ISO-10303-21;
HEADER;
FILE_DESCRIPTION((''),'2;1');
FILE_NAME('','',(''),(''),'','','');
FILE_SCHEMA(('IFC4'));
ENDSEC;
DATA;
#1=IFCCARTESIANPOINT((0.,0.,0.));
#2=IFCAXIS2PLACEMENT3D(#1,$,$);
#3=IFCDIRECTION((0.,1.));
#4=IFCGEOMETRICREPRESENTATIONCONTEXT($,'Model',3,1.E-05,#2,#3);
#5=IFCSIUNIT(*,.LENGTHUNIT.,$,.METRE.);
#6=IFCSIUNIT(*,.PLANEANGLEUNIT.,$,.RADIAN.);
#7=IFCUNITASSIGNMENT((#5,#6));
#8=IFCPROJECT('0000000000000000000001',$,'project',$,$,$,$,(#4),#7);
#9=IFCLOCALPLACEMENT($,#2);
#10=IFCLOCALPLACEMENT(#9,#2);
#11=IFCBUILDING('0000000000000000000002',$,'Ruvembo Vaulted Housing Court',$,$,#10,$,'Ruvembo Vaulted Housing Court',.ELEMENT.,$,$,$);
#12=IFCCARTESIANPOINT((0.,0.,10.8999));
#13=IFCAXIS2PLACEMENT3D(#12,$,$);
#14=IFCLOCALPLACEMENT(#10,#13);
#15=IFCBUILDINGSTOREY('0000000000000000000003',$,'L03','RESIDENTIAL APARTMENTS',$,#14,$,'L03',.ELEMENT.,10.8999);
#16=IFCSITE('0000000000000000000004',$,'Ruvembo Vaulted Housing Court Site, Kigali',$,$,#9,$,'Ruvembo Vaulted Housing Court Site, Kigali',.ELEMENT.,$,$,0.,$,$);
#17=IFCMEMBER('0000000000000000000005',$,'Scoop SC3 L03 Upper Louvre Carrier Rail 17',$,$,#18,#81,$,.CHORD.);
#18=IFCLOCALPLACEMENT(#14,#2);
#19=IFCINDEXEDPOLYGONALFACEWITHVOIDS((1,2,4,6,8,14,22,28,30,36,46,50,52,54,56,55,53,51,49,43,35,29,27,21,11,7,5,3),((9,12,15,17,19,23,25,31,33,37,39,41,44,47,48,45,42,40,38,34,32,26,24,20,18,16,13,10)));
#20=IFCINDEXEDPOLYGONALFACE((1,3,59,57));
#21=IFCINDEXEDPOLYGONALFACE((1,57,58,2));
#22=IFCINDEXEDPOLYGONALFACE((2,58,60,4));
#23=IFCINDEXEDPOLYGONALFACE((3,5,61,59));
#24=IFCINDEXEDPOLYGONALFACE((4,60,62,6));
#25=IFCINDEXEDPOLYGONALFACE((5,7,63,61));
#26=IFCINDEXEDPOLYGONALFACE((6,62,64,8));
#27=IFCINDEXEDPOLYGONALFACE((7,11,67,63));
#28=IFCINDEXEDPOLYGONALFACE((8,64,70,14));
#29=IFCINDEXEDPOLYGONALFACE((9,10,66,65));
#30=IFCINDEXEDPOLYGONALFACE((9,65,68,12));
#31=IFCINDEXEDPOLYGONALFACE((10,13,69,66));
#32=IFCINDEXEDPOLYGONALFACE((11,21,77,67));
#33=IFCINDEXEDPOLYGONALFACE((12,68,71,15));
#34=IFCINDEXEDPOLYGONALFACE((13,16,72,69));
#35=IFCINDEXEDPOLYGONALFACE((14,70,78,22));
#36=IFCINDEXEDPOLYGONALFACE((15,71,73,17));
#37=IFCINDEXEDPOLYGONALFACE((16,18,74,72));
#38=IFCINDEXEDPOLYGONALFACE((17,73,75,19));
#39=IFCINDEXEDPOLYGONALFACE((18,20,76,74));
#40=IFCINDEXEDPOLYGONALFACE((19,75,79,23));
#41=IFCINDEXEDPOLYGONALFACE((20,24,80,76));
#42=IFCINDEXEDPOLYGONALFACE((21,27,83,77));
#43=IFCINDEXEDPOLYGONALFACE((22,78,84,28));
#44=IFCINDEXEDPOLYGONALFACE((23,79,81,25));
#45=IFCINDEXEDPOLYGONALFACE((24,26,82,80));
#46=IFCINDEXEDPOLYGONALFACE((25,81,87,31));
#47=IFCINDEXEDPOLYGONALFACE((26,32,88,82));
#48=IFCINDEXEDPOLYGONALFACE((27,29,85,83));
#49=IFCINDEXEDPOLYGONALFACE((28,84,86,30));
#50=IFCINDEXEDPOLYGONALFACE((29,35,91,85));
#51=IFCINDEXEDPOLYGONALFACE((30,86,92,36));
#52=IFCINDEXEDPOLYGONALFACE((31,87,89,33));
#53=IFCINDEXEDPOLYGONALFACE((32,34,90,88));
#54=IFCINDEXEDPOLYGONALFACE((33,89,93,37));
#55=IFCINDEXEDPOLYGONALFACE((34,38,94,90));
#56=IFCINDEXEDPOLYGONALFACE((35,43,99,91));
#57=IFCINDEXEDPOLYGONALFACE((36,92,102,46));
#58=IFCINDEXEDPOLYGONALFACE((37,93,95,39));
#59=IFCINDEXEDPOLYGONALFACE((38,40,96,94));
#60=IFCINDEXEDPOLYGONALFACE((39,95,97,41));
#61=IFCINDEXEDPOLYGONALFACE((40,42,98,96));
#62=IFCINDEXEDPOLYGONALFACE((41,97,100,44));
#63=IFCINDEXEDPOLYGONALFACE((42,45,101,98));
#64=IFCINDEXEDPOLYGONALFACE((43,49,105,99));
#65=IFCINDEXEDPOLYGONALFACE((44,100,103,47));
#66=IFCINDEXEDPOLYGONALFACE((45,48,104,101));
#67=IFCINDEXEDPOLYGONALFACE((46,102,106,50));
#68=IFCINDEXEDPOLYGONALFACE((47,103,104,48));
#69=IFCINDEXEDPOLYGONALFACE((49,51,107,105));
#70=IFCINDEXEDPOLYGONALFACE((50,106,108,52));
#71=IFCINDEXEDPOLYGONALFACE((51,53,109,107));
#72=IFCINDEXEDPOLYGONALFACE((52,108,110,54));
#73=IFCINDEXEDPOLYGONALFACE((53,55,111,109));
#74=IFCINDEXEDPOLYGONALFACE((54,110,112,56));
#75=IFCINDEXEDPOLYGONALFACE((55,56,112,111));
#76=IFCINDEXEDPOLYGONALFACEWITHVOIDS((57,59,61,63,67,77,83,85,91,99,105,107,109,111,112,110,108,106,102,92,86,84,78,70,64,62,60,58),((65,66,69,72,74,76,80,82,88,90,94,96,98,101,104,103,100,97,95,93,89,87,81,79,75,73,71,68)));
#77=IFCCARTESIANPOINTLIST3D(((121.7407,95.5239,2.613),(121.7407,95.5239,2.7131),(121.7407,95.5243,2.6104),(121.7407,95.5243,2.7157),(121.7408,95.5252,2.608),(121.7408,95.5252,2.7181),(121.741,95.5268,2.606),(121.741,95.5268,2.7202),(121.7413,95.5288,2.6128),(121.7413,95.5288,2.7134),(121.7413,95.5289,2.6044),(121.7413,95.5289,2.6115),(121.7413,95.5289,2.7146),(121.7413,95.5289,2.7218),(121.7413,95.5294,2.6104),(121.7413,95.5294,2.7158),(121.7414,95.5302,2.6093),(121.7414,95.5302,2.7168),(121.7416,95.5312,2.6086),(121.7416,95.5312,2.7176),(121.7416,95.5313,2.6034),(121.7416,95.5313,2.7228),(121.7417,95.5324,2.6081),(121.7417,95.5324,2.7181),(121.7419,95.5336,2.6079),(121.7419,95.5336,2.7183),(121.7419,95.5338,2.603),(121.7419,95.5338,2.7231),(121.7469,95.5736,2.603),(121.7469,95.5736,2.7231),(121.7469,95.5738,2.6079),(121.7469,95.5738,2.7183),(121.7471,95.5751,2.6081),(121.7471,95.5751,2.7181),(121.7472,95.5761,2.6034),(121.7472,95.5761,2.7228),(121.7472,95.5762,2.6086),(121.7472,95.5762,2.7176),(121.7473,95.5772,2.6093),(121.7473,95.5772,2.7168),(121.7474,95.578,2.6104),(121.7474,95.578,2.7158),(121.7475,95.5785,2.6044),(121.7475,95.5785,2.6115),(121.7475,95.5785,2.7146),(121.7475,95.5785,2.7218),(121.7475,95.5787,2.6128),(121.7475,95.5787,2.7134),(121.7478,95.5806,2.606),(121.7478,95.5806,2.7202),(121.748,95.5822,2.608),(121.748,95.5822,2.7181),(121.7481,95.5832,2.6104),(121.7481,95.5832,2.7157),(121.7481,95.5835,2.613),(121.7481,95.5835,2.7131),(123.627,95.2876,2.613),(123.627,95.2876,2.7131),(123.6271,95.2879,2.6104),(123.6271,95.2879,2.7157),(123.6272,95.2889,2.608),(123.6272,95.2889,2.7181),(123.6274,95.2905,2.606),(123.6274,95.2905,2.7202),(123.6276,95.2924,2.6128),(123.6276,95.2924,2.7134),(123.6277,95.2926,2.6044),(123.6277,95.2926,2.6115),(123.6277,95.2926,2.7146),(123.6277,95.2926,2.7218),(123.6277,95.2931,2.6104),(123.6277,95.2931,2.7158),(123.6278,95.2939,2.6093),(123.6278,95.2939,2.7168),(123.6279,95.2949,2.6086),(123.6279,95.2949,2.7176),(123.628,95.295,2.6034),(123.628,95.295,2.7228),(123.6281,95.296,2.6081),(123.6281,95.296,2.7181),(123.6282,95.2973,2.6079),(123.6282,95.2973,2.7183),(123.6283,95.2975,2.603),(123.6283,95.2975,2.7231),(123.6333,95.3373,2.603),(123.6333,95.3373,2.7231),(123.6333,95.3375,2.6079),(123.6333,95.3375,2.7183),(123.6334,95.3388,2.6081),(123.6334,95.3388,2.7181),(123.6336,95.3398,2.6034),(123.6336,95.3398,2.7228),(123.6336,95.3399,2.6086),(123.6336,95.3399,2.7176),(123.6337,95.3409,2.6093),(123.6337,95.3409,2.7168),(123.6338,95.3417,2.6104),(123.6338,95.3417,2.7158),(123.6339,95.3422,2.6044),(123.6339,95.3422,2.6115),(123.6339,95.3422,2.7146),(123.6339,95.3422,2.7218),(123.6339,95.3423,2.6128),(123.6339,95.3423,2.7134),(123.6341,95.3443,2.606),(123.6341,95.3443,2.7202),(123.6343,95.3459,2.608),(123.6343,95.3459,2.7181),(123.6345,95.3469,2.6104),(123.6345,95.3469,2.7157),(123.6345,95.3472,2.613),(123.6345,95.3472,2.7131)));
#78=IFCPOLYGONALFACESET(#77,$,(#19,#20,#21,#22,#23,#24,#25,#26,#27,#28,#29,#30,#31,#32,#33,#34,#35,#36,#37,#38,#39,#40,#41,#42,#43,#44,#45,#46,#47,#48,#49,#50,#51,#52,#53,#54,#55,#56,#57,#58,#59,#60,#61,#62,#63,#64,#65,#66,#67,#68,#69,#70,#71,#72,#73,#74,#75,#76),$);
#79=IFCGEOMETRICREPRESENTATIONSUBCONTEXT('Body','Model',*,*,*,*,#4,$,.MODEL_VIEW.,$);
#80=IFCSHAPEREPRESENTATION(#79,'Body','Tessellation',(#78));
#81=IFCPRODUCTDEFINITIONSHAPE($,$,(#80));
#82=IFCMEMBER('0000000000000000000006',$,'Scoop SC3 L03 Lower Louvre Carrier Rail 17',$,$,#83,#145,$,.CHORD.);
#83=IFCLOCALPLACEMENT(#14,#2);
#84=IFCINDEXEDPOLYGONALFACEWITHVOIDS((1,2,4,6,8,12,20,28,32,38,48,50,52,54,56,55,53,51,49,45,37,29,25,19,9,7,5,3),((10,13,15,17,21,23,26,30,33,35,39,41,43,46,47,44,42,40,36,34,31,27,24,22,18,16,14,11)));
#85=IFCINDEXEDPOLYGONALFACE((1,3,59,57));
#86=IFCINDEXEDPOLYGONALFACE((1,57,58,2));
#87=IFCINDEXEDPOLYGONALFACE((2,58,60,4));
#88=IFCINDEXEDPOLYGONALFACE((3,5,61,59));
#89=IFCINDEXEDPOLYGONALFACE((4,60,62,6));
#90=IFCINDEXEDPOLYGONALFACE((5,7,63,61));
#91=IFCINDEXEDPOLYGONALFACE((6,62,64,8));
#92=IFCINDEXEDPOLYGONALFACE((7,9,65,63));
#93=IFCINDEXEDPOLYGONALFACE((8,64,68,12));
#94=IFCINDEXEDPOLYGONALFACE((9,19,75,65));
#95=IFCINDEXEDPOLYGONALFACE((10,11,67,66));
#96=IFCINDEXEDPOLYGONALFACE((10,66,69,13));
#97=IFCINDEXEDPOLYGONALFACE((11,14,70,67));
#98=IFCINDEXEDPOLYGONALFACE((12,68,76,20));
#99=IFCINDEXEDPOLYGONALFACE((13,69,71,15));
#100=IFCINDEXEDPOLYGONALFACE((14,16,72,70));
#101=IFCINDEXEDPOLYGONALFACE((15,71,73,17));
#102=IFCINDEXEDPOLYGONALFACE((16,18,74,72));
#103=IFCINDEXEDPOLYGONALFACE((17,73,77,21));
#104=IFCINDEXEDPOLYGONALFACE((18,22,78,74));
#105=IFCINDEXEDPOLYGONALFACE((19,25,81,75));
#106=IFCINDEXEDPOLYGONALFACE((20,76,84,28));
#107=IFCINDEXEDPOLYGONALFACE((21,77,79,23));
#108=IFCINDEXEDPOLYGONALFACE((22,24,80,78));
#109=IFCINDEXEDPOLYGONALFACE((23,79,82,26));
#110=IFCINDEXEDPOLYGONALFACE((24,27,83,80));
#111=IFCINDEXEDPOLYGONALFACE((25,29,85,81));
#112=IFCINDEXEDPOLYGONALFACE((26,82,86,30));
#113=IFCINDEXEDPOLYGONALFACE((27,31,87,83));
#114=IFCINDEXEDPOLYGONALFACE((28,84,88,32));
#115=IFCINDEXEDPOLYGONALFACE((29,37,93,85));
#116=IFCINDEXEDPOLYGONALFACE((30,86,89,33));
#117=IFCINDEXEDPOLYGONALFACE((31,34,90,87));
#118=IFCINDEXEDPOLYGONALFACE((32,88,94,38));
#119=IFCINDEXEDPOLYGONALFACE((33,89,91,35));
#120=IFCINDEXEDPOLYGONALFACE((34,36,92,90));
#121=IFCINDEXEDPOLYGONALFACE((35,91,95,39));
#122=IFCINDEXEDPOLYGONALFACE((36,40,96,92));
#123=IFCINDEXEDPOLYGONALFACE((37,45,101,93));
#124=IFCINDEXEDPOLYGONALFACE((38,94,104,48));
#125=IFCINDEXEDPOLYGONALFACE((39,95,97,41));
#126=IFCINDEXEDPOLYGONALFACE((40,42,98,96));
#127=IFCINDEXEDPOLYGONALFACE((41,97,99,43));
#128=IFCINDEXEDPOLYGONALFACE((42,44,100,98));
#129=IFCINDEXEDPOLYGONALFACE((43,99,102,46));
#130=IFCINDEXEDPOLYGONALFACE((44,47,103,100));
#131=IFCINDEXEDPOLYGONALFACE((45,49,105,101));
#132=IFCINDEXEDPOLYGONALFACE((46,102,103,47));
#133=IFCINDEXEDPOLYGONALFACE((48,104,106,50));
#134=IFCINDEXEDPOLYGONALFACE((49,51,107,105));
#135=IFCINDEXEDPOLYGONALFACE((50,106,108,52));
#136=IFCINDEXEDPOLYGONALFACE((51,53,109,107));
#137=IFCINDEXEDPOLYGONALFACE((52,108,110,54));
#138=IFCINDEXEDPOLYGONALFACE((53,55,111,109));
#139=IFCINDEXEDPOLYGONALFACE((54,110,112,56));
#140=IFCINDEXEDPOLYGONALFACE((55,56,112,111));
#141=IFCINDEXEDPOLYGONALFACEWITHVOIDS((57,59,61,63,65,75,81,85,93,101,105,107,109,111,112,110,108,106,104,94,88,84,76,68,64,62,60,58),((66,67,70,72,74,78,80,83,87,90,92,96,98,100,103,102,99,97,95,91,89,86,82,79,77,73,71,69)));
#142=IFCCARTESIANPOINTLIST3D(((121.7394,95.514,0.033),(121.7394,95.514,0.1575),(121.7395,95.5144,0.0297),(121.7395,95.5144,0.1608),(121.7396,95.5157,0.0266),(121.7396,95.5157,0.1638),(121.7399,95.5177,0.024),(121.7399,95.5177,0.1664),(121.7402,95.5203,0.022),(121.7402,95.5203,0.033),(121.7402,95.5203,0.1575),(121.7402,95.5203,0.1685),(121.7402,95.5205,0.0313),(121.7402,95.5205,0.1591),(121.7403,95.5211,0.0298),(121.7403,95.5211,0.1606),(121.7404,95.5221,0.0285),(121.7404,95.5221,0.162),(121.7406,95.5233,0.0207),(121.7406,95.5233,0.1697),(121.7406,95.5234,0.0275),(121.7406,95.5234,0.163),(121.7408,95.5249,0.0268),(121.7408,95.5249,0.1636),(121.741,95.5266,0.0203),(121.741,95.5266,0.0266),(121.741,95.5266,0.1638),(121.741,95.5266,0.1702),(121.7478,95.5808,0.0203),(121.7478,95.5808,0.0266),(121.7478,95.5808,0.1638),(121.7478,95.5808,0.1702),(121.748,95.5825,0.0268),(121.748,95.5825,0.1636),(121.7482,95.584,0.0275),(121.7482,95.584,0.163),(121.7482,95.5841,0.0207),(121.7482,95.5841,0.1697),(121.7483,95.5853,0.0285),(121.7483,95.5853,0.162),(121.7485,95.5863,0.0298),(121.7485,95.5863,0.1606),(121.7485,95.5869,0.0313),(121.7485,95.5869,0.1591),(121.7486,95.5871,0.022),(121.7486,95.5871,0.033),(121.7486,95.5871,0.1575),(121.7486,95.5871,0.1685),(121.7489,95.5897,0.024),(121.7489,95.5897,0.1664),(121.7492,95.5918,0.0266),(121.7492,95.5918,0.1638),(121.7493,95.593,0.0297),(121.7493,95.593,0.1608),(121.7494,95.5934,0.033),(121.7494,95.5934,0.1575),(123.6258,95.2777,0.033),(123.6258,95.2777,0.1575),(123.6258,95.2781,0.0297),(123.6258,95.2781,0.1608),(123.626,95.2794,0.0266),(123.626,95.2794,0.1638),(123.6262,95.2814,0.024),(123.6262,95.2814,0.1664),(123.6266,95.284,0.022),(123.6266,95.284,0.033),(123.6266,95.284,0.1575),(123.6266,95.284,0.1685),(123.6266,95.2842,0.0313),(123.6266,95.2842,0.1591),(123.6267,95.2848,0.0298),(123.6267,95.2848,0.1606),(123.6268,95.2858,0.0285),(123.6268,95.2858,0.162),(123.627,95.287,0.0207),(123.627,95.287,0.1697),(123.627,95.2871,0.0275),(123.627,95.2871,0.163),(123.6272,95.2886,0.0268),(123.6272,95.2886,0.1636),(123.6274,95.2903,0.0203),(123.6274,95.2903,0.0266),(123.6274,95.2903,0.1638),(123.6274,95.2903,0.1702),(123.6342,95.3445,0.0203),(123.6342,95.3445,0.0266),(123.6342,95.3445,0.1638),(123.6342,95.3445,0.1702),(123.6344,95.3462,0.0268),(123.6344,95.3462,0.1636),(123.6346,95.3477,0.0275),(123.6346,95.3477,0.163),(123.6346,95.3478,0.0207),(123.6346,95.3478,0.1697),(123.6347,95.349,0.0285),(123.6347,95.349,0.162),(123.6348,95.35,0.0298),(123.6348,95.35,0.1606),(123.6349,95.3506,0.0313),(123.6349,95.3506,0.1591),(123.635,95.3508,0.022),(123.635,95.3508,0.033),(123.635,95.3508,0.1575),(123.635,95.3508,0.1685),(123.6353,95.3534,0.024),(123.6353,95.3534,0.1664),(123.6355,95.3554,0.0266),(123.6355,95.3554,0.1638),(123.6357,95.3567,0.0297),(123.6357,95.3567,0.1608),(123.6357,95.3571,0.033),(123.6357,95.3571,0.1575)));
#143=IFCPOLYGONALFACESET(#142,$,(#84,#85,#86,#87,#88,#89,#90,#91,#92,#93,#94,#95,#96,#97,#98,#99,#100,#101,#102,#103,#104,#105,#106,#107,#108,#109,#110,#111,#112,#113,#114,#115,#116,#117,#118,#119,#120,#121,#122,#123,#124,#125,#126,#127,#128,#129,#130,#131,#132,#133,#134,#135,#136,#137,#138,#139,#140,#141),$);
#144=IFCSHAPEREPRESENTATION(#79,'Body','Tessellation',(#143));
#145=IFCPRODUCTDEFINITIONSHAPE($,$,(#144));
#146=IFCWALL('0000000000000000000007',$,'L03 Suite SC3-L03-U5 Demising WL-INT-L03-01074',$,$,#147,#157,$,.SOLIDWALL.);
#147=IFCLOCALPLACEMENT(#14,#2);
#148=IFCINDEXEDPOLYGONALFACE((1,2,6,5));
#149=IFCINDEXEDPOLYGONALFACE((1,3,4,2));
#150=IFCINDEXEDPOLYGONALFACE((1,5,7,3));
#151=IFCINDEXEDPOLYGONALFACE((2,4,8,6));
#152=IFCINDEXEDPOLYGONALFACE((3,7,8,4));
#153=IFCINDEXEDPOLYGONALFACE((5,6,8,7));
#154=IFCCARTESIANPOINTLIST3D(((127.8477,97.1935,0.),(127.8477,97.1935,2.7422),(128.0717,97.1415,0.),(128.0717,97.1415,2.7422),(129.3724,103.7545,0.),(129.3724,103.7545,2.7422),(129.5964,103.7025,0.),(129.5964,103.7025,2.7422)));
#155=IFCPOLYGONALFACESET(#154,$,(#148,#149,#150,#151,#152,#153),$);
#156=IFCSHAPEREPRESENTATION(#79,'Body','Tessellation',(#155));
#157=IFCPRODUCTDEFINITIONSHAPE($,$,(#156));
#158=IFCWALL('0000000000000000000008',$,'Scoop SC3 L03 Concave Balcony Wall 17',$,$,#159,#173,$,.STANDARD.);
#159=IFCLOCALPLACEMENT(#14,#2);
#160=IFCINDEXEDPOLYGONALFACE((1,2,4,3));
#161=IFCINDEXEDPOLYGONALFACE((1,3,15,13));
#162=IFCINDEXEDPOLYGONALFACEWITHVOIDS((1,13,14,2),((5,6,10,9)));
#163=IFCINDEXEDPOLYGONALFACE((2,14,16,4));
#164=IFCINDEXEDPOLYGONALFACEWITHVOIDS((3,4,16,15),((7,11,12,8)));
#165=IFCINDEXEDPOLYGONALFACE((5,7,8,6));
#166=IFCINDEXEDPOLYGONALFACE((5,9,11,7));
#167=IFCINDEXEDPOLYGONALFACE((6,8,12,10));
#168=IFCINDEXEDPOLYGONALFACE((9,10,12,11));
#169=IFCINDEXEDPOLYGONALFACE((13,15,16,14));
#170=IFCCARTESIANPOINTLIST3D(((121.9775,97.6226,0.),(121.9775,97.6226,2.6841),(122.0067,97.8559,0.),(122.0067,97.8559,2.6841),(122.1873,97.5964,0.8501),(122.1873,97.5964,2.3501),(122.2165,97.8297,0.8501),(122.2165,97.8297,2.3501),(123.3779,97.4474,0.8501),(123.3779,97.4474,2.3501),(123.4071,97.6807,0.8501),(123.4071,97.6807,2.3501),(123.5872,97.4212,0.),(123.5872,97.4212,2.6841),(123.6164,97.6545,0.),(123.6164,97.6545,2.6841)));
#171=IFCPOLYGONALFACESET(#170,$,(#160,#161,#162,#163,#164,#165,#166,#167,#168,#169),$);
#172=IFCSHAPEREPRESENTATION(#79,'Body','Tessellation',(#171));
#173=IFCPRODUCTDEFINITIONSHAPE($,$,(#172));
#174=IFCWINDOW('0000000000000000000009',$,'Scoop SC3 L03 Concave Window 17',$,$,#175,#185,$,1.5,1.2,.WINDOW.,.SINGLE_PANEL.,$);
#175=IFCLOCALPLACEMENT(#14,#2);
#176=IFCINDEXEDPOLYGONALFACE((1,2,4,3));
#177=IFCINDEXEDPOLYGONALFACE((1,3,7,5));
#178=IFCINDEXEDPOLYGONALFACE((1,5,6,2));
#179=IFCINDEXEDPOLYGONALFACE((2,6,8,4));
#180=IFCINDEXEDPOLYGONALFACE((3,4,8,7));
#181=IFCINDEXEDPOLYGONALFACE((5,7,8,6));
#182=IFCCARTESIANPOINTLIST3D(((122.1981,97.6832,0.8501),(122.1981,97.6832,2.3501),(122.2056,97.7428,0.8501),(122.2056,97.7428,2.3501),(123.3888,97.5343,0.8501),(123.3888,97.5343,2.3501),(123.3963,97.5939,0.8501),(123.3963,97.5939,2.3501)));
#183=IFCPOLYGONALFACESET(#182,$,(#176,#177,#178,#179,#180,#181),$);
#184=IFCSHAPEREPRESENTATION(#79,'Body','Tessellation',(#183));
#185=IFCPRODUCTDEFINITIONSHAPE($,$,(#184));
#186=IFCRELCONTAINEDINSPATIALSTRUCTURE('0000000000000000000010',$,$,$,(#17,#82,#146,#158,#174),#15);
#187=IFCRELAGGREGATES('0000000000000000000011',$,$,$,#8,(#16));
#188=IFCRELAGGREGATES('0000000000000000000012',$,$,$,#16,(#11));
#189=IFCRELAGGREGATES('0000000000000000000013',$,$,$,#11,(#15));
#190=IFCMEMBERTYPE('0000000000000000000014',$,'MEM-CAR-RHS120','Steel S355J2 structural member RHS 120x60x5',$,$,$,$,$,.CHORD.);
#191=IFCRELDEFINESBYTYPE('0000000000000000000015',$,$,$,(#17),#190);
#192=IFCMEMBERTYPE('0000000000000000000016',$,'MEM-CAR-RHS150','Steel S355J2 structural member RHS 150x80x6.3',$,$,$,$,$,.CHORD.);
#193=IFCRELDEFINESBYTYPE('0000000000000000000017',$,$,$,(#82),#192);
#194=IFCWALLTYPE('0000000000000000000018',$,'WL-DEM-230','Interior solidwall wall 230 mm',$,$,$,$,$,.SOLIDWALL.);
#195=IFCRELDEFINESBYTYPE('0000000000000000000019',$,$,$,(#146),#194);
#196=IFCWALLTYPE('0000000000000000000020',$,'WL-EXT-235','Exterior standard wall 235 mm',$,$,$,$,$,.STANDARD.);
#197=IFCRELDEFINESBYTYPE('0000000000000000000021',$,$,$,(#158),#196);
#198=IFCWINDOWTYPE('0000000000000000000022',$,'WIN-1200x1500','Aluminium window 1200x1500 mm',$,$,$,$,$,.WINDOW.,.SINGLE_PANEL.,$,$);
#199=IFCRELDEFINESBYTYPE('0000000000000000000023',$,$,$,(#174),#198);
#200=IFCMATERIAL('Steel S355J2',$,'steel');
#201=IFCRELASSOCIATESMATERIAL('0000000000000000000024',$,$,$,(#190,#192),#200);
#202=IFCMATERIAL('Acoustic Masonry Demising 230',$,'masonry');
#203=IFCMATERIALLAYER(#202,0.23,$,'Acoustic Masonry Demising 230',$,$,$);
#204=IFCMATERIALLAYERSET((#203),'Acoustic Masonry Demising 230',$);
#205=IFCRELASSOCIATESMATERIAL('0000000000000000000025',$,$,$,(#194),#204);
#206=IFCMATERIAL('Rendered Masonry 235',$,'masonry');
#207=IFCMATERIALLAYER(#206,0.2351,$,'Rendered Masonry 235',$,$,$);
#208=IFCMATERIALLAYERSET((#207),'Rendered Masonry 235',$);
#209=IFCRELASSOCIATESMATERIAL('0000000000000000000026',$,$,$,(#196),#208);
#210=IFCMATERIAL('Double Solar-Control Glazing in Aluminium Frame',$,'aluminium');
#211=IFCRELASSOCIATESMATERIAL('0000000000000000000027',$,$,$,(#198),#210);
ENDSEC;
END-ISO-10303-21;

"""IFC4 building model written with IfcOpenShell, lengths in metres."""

from ifc_helpers import new_model, si_unit, direction, frame, frame_2d, origin, origin_2d, place, context, subcontext, project, spatial, rectangle, hollow_rectangle, extrude, material, layer, layer_set, material_profile, profile_set, type_object, element, fill, save


model = new_model("IFC4")

# Units and contexts
model_context = context("Model", 3, precision=1e-05, world=origin(), true_north=direction((0.0, 1.0)))
body_context = subcontext(model_context, "Body", "Model", "MODEL_VIEW")
ifc_project = project(units=[si_unit("LENGTHUNIT", "METRE"), si_unit("PLANEANGLEUNIT", "RADIAN")], contexts=[model_context])

# Site, building, storey
site_placement = place(None, origin())
site = spatial("IfcSite", under=ifc_project, at=site_placement, Name="Ruvembo Vaulted Housing Court Site, Kigali", LongName="Ruvembo Vaulted Housing Court Site, Kigali", CompositionType="ELEMENT", RefElevation=0.0)
building_placement = place(site_placement, origin())
building = spatial("IfcBuilding", under=site, at=building_placement, Name="Ruvembo Vaulted Housing Court", LongName="Ruvembo Vaulted Housing Court", CompositionType="ELEMENT")
storey_placement = place(building_placement, frame((0.0, 0.0, 10.8999)))
storey = spatial("IfcBuildingStorey", under=building, at=storey_placement, Name="L03", Description="RESIDENTIAL APARTMENTS", LongName="L03", CompositionType="ELEMENT", Elevation=10.8999)

# Shared definitions
ifc_material_1 = material(Name="Steel S355J2", Category="steel")

# Members
ifc_material_profile_1 = material_profile(ifc_material_1, hollow_rectangle(XDim=0.0601, YDim=0.1201, WallThickness=0.0049, InnerFilletRadius=0.0049, OuterFilletRadius=0.01, at=origin_2d()), Name="RHS 120x60x5")
ifc_profile_set_1 = profile_set([ifc_material_profile_1], Name="Steel S355J2")
member_type_1 = type_object("IfcMemberType", Name="MEM-CAR-RHS120", Description="Steel S355J2 structural member RHS 120x60x5", PredefinedType="CHORD", material=ifc_profile_set_1)
member_1_placement = place(storey_placement, frame((121.7444, 95.5537, 2.6631), z_axis=(0.992244, -0.124303, 0.0), x_axis=(0.124303, 0.992244, 0.0)))
element("IfcMember", 1, at=member_1_placement, inside=storey, type_object=member_type_1, Name="Scoop SC3 L03 Upper Louvre Carrier Rail 17", PredefinedType="CHORD", context=body_context, shape_type="SweptSolid", body=[
    extrude(hollow_rectangle(XDim=0.0601, YDim=0.1201, WallThickness=0.0049, InnerFilletRadius=0.0049, OuterFilletRadius=0.01, at=origin_2d()), origin(), (0.0, 0.0, 1.0), 1.9011),
])
ifc_material_profile_2 = material_profile(ifc_material_1, hollow_rectangle(XDim=0.0801, YDim=0.1499, WallThickness=0.0063, InnerFilletRadius=0.0063, OuterFilletRadius=0.0127, at=origin_2d()), Name="RHS 150x80x6.3")
ifc_profile_set_2 = profile_set([ifc_material_profile_2], Name="Steel S355J2")
member_type_2 = type_object("IfcMemberType", Name="MEM-CAR-RHS150", Description="Steel S355J2 structural member RHS 150x80x6.3", PredefinedType="CHORD", material=ifc_profile_set_2)
member_2_placement = place(storey_placement, frame((121.7444, 95.5537, 0.0952), z_axis=(0.992244, -0.124303, 0.0), x_axis=(0.124303, 0.992244, 0.0)))
element("IfcMember", 2, at=member_2_placement, inside=storey, type_object=member_type_2, Name="Scoop SC3 L03 Lower Louvre Carrier Rail 17", PredefinedType="CHORD", context=body_context, shape_type="SweptSolid", body=[
    extrude(hollow_rectangle(XDim=0.0801, YDim=0.1499, WallThickness=0.0063, InnerFilletRadius=0.0063, OuterFilletRadius=0.0127, at=origin_2d()), origin(), (0.0, 0.0, 1.0), 1.9011),
])

# Wall
ifc_material_2 = material(Name="Acoustic Masonry Demising 230", Category="masonry")
ifc_layer_1 = layer(ifc_material_2, 0.23, Name="Acoustic Masonry Demising 230")
ifc_layer_set_1 = layer_set([ifc_layer_1], Name="Acoustic Masonry Demising 230")
wall_type_1 = type_object("IfcWallType", Name="WL-DEM-230", Description="Interior solidwall wall 230 mm", PredefinedType="SOLIDWALL", material=ifc_layer_set_1)
wall_1_placement = place(storey_placement, frame((127.9597, 97.1675, 0.0), z_axis=(0.0, 0.0, 1.0), x_axis=(0.22635, 0.974046, 0.0)))
element("IfcWall", 3, at=wall_1_placement, inside=storey, type_object=wall_type_1, Name="L03 Suite SC3-L03-U5 Demising WL-INT-L03-01074", PredefinedType="SOLIDWALL", context=body_context, shape_type="SweptSolid", body=[
    extrude(rectangle(XDim=6.7358, YDim=0.23, at=frame_2d((3.3679, 0.0))), origin(), (0.0, 0.0, 1.0), 2.7422),
])

# Wall, opening, window
ifc_material_3 = material(Name="Rendered Masonry 235", Category="masonry")
ifc_layer_2 = layer(ifc_material_3, 0.2351, Name="Rendered Masonry 235")
ifc_layer_set_2 = layer_set([ifc_layer_2], Name="Rendered Masonry 235")
wall_type_2 = type_object("IfcWallType", Name="WL-EXT-235", Description="Exterior standard wall 235 mm", PredefinedType="STANDARD", material=ifc_layer_set_2)
wall_2_placement = place(storey_placement, frame((121.9922, 97.7393, 0.0), z_axis=(0.0, 0.0, 1.0), x_axis=(0.992264, -0.124146, 0.0)))
wall_2 = element("IfcWall", 4, at=wall_2_placement, inside=storey, type_object=wall_type_2, Name="Scoop SC3 L03 Concave Balcony Wall 17", PredefinedType="STANDARD", context=body_context, shape_type="SweptSolid", body=[
    extrude(rectangle(XDim=1.6223, YDim=0.2351, at=frame_2d((0.811, 0.0))), origin(), (0.0, 0.0, 1.0), 2.6841),
])
opening_1_placement = place(wall_2_placement, frame((0.2112, 0.0, 0.8501)))
opening_1 = element("IfcOpeningElement", 5, at=opening_1_placement, cuts=wall_2, PredefinedType="OPENING", context=body_context, shape_type="SweptSolid", body=[
    extrude(rectangle(XDim=1.2, YDim=1.5, at=frame_2d((0.6001, 0.75))), frame((0.0, 0.1274, 0.0), z_axis=(0.0, -1.0, 0.0), x_axis=(1.0, 0.0, 0.0)), (0.0, 0.0, 1.0), 0.2551),
])
ifc_material_4 = material(Name="Double Solar-Control Glazing in Aluminium Frame", Category="aluminium")
window_type_1 = type_object("IfcWindowType", Name="WIN-1200x1500", Description="Aluminium window 1200x1500 mm", PartitioningType="SINGLE_PANEL", PredefinedType="WINDOW", material=ifc_material_4)
window_1_placement = place(opening_1_placement, origin())
window_1 = element("IfcWindow", 6, at=window_1_placement, inside=storey, type_object=window_type_1, Name="Scoop SC3 L03 Concave Window 17", OverallHeight=1.5, OverallWidth=1.2, PartitioningType="SINGLE_PANEL", PredefinedType="WINDOW", context=body_context, shape_type="SweptSolid", body=[
    extrude(rectangle(XDim=1.2, YDim=1.5, at=frame_2d((0.6001, 0.75))), frame((0.0, 0.03, 0.0), z_axis=(0.0, -1.0, 0.0), x_axis=(1.0, 0.0, 0.0)), (0.0, 0.0, 1.0), 0.0601),
])
fill(opening_1, window_1)

save(model, "model.ifc")
